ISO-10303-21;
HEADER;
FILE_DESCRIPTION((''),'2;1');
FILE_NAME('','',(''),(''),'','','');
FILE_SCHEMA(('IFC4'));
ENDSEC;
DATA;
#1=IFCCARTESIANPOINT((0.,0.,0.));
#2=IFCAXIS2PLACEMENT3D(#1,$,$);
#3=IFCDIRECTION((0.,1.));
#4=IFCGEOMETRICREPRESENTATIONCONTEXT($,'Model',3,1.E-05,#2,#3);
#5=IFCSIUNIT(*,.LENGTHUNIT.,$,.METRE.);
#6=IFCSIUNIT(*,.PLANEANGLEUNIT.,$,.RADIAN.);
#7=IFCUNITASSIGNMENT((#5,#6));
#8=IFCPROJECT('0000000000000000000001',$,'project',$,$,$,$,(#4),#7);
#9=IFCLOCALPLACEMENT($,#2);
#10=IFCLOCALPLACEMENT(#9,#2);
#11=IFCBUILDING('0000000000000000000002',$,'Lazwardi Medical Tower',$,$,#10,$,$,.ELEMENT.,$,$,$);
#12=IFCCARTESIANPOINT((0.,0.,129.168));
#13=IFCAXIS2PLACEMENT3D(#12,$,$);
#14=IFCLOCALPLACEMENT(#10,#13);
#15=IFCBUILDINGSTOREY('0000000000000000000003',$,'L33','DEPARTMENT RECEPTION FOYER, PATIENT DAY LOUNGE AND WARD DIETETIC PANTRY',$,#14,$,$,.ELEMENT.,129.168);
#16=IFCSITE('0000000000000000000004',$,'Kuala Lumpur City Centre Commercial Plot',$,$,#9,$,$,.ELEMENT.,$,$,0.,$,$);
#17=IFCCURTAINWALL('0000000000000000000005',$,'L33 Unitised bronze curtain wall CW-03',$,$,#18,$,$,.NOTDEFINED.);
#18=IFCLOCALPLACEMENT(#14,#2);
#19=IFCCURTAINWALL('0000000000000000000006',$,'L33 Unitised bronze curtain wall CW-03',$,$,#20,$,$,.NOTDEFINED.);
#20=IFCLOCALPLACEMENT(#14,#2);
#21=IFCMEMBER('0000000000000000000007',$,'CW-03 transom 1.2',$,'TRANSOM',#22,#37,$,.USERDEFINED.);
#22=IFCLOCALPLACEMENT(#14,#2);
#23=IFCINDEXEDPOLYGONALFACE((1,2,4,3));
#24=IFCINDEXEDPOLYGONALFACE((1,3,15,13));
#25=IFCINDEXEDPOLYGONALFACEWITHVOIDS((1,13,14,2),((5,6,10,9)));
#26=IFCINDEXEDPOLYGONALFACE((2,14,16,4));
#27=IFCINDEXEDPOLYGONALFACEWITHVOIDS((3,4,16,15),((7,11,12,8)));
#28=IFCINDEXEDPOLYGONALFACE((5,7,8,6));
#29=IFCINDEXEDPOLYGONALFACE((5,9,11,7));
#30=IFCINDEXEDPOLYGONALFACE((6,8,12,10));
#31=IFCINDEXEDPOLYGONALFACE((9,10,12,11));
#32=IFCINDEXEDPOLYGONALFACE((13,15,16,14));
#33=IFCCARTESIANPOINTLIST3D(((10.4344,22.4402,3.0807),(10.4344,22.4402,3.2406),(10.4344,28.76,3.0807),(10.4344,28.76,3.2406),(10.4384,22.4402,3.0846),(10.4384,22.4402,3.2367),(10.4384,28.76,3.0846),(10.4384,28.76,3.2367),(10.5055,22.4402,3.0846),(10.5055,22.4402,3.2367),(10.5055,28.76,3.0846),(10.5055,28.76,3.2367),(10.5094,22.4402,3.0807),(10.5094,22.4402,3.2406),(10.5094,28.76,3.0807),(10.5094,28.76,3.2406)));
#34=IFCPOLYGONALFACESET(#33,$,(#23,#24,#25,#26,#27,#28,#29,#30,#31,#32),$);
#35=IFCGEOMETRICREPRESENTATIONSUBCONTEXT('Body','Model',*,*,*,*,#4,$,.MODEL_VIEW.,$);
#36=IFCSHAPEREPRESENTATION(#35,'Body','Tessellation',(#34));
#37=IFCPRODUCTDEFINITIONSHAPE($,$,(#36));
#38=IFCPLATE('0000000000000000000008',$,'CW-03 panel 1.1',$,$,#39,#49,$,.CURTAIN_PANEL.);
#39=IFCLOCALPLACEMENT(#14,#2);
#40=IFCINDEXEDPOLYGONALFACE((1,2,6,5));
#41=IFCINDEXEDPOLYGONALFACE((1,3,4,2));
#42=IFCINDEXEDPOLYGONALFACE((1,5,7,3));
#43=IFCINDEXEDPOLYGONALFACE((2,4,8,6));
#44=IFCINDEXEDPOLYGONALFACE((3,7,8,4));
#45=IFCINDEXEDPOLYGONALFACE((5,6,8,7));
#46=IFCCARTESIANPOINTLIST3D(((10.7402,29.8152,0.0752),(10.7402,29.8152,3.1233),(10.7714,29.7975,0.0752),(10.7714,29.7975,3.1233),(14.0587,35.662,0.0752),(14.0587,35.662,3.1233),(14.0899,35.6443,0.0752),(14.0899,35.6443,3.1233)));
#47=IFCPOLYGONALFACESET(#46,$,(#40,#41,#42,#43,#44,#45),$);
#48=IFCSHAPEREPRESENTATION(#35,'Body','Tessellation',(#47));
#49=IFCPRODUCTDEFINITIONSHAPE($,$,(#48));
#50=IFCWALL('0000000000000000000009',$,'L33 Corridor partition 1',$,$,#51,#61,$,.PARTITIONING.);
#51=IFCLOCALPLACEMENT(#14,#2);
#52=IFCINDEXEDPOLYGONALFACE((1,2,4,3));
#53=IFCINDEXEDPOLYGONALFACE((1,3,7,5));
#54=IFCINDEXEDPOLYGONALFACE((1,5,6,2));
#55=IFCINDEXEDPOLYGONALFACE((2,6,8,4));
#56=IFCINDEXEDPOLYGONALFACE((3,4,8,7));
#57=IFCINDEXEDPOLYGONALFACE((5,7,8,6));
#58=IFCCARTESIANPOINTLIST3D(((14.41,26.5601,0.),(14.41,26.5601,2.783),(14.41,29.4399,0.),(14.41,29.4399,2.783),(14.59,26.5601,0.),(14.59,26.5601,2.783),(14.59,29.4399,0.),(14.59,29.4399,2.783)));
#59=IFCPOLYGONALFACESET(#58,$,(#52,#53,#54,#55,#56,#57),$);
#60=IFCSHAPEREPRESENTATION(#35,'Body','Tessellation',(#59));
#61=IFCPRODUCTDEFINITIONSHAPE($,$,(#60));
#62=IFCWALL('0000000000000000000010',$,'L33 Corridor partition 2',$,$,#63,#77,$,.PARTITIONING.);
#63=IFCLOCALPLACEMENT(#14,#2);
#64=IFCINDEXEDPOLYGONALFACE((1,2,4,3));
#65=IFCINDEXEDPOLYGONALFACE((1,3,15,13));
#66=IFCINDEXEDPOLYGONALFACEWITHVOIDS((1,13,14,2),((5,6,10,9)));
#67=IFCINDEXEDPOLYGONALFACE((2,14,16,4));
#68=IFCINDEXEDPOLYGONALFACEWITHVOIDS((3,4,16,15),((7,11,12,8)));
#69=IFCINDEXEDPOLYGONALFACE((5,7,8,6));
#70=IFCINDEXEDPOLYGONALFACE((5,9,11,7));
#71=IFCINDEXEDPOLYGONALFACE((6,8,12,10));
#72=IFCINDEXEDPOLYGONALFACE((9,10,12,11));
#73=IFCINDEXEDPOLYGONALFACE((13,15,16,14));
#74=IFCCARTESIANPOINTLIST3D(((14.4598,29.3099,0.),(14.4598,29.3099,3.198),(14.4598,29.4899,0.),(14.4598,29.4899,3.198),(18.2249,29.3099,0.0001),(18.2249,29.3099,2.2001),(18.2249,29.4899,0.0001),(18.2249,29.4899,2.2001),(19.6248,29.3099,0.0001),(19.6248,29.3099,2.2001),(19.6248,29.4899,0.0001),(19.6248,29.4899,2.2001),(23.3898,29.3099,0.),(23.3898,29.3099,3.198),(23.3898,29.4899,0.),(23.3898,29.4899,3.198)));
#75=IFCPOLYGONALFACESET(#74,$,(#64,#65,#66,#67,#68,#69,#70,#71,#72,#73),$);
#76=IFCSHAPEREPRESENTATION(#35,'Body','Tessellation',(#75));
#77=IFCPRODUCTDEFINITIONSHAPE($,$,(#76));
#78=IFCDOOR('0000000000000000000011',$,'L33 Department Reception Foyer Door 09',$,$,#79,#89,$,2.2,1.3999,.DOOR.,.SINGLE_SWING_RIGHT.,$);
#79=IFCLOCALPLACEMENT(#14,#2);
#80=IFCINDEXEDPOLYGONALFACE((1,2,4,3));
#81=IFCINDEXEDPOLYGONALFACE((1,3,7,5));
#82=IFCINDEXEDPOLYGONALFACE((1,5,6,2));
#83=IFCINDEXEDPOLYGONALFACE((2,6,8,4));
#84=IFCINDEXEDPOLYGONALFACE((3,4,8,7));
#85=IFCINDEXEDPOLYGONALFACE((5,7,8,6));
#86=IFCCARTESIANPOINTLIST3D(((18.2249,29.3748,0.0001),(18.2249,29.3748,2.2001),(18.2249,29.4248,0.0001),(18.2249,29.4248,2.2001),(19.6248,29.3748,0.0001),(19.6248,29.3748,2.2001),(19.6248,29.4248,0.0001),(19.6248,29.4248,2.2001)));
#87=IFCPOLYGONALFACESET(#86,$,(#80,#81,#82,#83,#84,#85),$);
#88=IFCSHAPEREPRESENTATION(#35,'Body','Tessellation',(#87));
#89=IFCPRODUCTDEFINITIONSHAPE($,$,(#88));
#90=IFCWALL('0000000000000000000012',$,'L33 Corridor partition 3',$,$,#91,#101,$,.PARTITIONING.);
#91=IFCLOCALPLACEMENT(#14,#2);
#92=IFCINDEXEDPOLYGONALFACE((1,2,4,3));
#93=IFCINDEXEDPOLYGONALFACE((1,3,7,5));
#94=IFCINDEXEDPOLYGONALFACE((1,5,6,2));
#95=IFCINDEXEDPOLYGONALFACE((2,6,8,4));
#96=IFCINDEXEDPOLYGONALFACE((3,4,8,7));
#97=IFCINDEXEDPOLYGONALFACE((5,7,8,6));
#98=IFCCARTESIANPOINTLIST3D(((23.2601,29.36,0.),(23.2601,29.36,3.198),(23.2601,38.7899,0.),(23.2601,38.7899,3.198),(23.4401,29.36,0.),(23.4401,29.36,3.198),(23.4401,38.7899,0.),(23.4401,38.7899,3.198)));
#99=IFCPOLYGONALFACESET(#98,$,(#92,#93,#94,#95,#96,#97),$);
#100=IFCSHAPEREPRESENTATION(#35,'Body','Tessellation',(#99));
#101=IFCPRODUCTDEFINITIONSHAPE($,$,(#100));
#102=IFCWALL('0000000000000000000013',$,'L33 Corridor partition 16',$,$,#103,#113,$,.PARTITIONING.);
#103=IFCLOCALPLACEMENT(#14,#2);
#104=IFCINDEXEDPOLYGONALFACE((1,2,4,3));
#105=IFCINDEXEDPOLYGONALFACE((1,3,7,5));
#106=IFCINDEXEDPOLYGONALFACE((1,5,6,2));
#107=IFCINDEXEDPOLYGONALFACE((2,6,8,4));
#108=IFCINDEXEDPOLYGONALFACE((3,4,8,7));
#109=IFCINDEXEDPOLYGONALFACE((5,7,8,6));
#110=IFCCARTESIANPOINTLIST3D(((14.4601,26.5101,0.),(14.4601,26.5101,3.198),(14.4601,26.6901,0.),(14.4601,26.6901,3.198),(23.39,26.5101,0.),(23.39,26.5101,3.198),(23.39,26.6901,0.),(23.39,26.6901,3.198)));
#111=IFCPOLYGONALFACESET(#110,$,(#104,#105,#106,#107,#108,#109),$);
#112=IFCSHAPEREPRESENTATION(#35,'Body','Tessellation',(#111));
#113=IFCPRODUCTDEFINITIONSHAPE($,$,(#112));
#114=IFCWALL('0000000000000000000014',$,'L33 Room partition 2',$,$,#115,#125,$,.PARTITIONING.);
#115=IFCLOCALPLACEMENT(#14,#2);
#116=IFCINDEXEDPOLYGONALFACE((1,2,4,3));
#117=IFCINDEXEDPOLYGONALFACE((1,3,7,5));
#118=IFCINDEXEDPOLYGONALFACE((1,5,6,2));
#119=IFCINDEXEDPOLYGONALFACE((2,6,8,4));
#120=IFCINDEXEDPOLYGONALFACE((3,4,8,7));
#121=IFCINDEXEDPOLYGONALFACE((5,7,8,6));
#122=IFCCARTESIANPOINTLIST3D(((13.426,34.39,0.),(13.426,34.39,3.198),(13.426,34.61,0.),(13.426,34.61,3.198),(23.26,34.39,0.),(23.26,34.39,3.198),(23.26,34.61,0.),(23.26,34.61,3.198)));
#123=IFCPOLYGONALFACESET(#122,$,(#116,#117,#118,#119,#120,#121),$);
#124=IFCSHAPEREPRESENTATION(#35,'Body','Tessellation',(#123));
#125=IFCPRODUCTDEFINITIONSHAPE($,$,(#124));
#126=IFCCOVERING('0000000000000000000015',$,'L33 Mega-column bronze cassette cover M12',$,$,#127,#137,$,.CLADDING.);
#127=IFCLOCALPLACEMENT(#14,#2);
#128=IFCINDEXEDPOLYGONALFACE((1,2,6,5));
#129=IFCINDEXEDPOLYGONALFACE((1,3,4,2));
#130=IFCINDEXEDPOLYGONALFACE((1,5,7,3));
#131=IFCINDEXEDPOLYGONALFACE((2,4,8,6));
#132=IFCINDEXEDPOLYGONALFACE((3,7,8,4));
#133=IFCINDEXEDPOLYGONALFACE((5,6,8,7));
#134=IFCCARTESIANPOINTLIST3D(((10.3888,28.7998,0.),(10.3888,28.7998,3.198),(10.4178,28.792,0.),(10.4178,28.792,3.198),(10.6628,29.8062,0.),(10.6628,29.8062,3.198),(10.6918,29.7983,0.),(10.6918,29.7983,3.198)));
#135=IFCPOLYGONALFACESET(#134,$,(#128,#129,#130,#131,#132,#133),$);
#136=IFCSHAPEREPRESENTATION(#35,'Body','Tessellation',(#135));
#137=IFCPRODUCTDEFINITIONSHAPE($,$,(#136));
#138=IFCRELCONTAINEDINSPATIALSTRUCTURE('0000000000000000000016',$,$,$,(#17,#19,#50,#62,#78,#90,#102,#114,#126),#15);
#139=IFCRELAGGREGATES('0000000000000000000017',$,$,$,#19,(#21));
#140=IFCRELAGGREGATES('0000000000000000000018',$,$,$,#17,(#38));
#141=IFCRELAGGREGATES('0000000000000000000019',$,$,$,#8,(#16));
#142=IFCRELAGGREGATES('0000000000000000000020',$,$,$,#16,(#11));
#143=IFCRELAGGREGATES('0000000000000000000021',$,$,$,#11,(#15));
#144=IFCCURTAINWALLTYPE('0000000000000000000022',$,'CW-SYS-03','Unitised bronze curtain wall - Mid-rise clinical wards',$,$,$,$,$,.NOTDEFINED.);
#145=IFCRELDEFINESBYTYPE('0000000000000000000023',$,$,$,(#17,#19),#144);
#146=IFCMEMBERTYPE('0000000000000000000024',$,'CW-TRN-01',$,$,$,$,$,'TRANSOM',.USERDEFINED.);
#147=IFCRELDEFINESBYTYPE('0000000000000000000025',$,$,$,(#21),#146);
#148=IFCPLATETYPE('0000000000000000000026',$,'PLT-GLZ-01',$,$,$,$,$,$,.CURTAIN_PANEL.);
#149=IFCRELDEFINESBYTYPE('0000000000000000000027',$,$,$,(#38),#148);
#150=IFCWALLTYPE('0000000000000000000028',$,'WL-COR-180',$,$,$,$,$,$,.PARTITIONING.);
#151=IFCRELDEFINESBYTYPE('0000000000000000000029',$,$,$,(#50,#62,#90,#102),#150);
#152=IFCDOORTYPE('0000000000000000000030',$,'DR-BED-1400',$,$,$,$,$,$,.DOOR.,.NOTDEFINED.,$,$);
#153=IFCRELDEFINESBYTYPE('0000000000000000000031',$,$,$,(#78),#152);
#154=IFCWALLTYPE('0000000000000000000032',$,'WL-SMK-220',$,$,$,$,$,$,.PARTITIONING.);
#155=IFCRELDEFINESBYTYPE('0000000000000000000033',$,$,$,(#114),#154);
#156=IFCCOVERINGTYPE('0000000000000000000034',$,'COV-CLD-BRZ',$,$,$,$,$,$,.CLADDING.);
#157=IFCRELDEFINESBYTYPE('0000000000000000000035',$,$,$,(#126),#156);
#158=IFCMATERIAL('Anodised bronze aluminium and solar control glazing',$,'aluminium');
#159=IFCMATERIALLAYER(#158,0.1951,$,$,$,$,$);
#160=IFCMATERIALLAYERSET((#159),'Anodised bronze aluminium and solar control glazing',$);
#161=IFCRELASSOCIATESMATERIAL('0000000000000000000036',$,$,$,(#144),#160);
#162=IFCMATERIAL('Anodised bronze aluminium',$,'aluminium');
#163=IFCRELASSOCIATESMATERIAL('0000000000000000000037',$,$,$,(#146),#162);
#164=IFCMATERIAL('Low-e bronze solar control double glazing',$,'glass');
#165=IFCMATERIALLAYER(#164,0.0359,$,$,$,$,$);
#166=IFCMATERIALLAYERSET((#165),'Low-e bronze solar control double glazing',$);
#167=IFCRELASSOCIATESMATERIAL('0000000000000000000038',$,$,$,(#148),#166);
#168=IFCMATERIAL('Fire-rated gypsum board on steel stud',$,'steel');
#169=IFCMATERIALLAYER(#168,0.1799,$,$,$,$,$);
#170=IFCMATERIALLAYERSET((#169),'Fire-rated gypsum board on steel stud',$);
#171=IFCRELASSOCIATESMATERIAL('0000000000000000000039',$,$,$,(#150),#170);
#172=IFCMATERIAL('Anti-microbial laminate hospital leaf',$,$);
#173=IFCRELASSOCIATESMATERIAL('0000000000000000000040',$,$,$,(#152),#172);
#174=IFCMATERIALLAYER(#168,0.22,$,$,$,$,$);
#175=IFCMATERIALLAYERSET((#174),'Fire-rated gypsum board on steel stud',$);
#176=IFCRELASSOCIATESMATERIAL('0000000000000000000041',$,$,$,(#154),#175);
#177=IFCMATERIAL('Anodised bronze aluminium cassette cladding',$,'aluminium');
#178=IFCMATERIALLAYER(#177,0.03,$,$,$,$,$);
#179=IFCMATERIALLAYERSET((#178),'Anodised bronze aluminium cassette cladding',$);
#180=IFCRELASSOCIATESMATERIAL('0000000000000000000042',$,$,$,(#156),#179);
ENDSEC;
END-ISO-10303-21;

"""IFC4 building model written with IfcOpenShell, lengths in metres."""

from ifc_helpers import new_model, si_unit, direction, frame, frame_2d, origin, origin_2d, place, context, subcontext, project, spatial, rectangle, hollow_rectangle, extrude, material, layer, layer_set, material_profile, profile_set, type_object, element, fill, aggregate, save


model = new_model("IFC4")

# Units and contexts
model_context = context("Model", 3, precision=1e-05, world=origin(), true_north=direction((0.0, 1.0)))
body_context = subcontext(model_context, "Body", "Model", "MODEL_VIEW")
ifc_project = project(units=[si_unit("LENGTHUNIT", "METRE"), si_unit("PLANEANGLEUNIT", "RADIAN")], contexts=[model_context])

# Site, building, storey
site_placement = place(None, origin())
site = spatial("IfcSite", under=ifc_project, at=site_placement, Name="Kuala Lumpur City Centre Commercial Plot", CompositionType="ELEMENT", RefElevation=0.0)
building_placement = place(site_placement, origin())
building = spatial("IfcBuilding", under=site, at=building_placement, Name="Lazwardi Medical Tower", CompositionType="ELEMENT")
storey_placement = place(building_placement, frame((0.0, 0.0, 129.168)))
storey = spatial("IfcBuildingStorey", under=building, at=storey_placement, Name="L33", Description="DEPARTMENT RECEPTION FOYER, PATIENT DAY LOUNGE AND WARD DIETETIC PANTRY", CompositionType="ELEMENT", Elevation=129.168)

# Curtain walls
ifc_material_1 = material(Name="Anodised bronze aluminium and solar control glazing", Category="aluminium")
ifc_layer_1 = layer(ifc_material_1, 0.1951)
ifc_layer_set_1 = layer_set([ifc_layer_1], Name="Anodised bronze aluminium and solar control glazing")
curtain_wall_type = type_object("IfcCurtainWallType", Name="CW-SYS-03", Description="Unitised bronze curtain wall - Mid-rise clinical wards", PredefinedType="NOTDEFINED", material=ifc_layer_set_1)
curtain_wall_1_placement = place(storey_placement, origin())
curtain_wall_1 = element("IfcCurtainWall", 1, at=curtain_wall_1_placement, inside=storey, type_object=curtain_wall_type, Name="L33 Unitised bronze curtain wall CW-03", PredefinedType="NOTDEFINED")
ifc_material_2 = material(Name="Anodised bronze aluminium", Category="aluminium")
curtain_wall_2_placement = place(storey_placement, origin())
curtain_wall_2 = element("IfcCurtainWall", 2, at=curtain_wall_2_placement, inside=storey, type_object=curtain_wall_type, Name="L33 Unitised bronze curtain wall CW-03", PredefinedType="NOTDEFINED")

# Member
ifc_material_profile_1 = material_profile(ifc_material_2, hollow_rectangle(XDim=0.075, YDim=0.1599, WallThickness=0.0039, at=origin_2d()), Name="ALU-TRANSOM 160x75x4")
ifc_profile_set_1 = profile_set([ifc_material_profile_1], Name="Anodised bronze aluminium")
member_type_1 = type_object("IfcMemberType", Name="CW-TRN-01", ElementType="TRANSOM", PredefinedType="USERDEFINED", material=ifc_profile_set_1)
member_1_placement = place(storey_placement, frame((10.4719, 28.76, 3.1606), z_axis=(0.0, -1.0, 0.0), x_axis=(1.0, 0.0, 0.0)))
member_1 = element("IfcMember", 3, at=member_1_placement, type_object=member_type_1, Name="CW-03 transom 1.2", ObjectType="TRANSOM", PredefinedType="USERDEFINED", context=body_context, shape_type="SweptSolid", body=[
    extrude(hollow_rectangle(XDim=0.075, YDim=0.1599, WallThickness=0.0039, at=origin_2d()), origin(), (0.0, 0.0, 1.0), 6.3198),
])
aggregate(curtain_wall_2, [member_1])

# Plate
ifc_material_3 = material(Name="Low-e bronze solar control double glazing", Category="glass")
ifc_layer_2 = layer(ifc_material_3, 0.0359)
ifc_layer_set_2 = layer_set([ifc_layer_2], Name="Low-e bronze solar control double glazing")
plate_type = type_object("IfcPlateType", Name="PLT-GLZ-01", PredefinedType="CURTAIN_PANEL", material=ifc_layer_set_2)
plate_placement = place(storey_placement, frame((12.415, 32.7297, 0.0752), z_axis=(0.0, 0.0, 1.0), x_axis=(-0.493603, -0.869687, 0.0)))
plate = element("IfcPlate", 4, at=plate_placement, type_object=plate_type, Name="CW-03 panel 1.1", PredefinedType="CURTAIN_PANEL", context=body_context, shape_type="SweptSolid", body=[
    extrude(rectangle(XDim=6.7229, YDim=0.0359, at=origin_2d()), origin(), (0.0, 0.0, 1.0), 3.0481),
])
aggregate(curtain_wall_1, [plate])

# Wall
ifc_material_4 = material(Name="Fire-rated gypsum board on steel stud", Category="steel")
ifc_layer_3 = layer(ifc_material_4, 0.1799)
ifc_layer_set_3 = layer_set([ifc_layer_3], Name="Fire-rated gypsum board on steel stud")
wall_type_1 = type_object("IfcWallType", Name="WL-COR-180", PredefinedType="PARTITIONING", material=ifc_layer_set_3)
wall_1_placement = place(storey_placement, frame((14.5, 26.5601, 0.0), z_axis=(0.0, 0.0, 1.0), x_axis=(0.0, 1.0, 0.0)))
element("IfcWall", 5, at=wall_1_placement, inside=storey, type_object=wall_type_1, Name="L33 Corridor partition 1", PredefinedType="PARTITIONING", context=body_context, shape_type="SweptSolid", body=[
    extrude(rectangle(XDim=2.8799, YDim=0.1799, at=frame_2d((1.4399, 0.0))), origin(), (0.0, 0.0, 1.0), 2.783),
])

# Wall, opening, door
wall_2_placement = place(storey_placement, frame((14.46, 29.3999, 0.0), z_axis=(0.0, 0.0, 1.0), x_axis=(1.0, 0.0, 0.0)))
wall_2 = element("IfcWall", 6, at=wall_2_placement, inside=storey, type_object=wall_type_1, Name="L33 Corridor partition 2", PredefinedType="PARTITIONING", context=body_context, shape_type="SweptSolid", body=[
    extrude(rectangle(XDim=8.9299, YDim=0.1799, at=frame_2d((4.4648, 0.0))), origin(), (0.0, 0.0, 1.0), 3.198),
])
opening_placement = place(wall_2_placement, frame((3.7649, 0.0, 0.0)))
opening = element("IfcOpeningElement", 7, at=opening_placement, cuts=wall_2, PredefinedType="OPENING", context=body_context, shape_type="SweptSolid", body=[
    extrude(rectangle(XDim=1.3999, YDim=2.2, at=frame_2d((0.7, 1.1001))), frame((0.0, 0.0999, 0.0), z_axis=(0.0, -1.0, 0.0), x_axis=(1.0, 0.0, 0.0)), (0.0, 0.0, 1.0), 0.2),
])
ifc_material_5 = material(Name="Anti-microbial laminate hospital leaf")
door_type = type_object("IfcDoorType", Name="DR-BED-1400", OperationType="NOTDEFINED", PredefinedType="DOOR", material=ifc_material_5)
door_placement = place(opening_placement, origin())
door = element("IfcDoor", 8, at=door_placement, inside=storey, type_object=door_type, Name="L33 Department Reception Foyer Door 09", OperationType="SINGLE_SWING_RIGHT", OverallHeight=2.2, OverallWidth=1.3999, PredefinedType="DOOR", context=body_context, shape_type="SweptSolid", body=[
    extrude(rectangle(XDim=1.3999, YDim=2.2, at=frame_2d((0.7, 1.1001))), frame((0.0, 0.0249, 0.0), z_axis=(0.0, -1.0, 0.0), x_axis=(1.0, 0.0, 0.0)), (0.0, 0.0, 1.0), 0.05),
])
fill(opening, door)

# Walls
wall_3_placement = place(storey_placement, frame((23.3501, 29.3601, 0.0), z_axis=(0.0, 0.0, 1.0), x_axis=(0.0, 1.0, 0.0)))
element("IfcWall", 9, at=wall_3_placement, inside=storey, type_object=wall_type_1, Name="L33 Corridor partition 3", PredefinedType="PARTITIONING", context=body_context, shape_type="SweptSolid", body=[
    extrude(rectangle(XDim=9.4299, YDim=0.1799, at=frame_2d((4.7148, 0.0))), origin(), (0.0, 0.0, 1.0), 3.198),
])
wall_4_placement = place(storey_placement, frame((23.3899, 26.6001, 0.0), z_axis=(0.0, 0.0, 1.0), x_axis=(-1.0, 0.0, 0.0)))
element("IfcWall", 10, at=wall_4_placement, inside=storey, type_object=wall_type_1, Name="L33 Corridor partition 16", PredefinedType="PARTITIONING", context=body_context, shape_type="SweptSolid", body=[
    extrude(rectangle(XDim=8.9299, YDim=0.1799, at=frame_2d((4.4648, 0.0))), origin(), (0.0, 0.0, 1.0), 3.198),
])
ifc_layer_4 = layer(ifc_material_4, 0.22)
ifc_layer_set_4 = layer_set([ifc_layer_4], Name="Fire-rated gypsum board on steel stud")
wall_type_2 = type_object("IfcWallType", Name="WL-SMK-220", PredefinedType="PARTITIONING", material=ifc_layer_set_4)
wall_5_placement = place(storey_placement, frame((13.426, 34.5, 0.0), z_axis=(0.0, 0.0, 1.0), x_axis=(1.0, 0.0, 0.0)))
element("IfcWall", 11, at=wall_5_placement, inside=storey, type_object=wall_type_2, Name="L33 Room partition 2", PredefinedType="PARTITIONING", context=body_context, shape_type="SweptSolid", body=[
    extrude(rectangle(XDim=9.834, YDim=0.22, at=frame_2d((4.917, 0.0))), origin(), (0.0, 0.0, 1.0), 3.198),
])

# Covering
ifc_material_6 = material(Name="Anodised bronze aluminium cassette cladding", Category="aluminium")
ifc_layer_5 = layer(ifc_material_6, 0.03)
ifc_layer_set_5 = layer_set([ifc_layer_5], Name="Anodised bronze aluminium cassette cladding")
covering_type = type_object("IfcCoveringType", Name="COV-CLD-BRZ", PredefinedType="CLADDING", material=ifc_layer_set_5)
covering_placement = place(storey_placement, frame((10.5403, 29.2991, 0.0), z_axis=(0.0, 0.0, 1.0), x_axis=(-0.262696, -0.964879, 0.0)))
element("IfcCovering", 12, at=covering_placement, inside=storey, type_object=covering_type, Name="L33 Mega-column bronze cassette cover M12", PredefinedType="CLADDING", context=body_context, shape_type="SweptSolid", body=[
    extrude(rectangle(XDim=1.043, YDim=0.03, at=origin_2d()), origin(), (0.0, 0.0, 1.0), 3.198),
])

save(model, "model.ifc")
